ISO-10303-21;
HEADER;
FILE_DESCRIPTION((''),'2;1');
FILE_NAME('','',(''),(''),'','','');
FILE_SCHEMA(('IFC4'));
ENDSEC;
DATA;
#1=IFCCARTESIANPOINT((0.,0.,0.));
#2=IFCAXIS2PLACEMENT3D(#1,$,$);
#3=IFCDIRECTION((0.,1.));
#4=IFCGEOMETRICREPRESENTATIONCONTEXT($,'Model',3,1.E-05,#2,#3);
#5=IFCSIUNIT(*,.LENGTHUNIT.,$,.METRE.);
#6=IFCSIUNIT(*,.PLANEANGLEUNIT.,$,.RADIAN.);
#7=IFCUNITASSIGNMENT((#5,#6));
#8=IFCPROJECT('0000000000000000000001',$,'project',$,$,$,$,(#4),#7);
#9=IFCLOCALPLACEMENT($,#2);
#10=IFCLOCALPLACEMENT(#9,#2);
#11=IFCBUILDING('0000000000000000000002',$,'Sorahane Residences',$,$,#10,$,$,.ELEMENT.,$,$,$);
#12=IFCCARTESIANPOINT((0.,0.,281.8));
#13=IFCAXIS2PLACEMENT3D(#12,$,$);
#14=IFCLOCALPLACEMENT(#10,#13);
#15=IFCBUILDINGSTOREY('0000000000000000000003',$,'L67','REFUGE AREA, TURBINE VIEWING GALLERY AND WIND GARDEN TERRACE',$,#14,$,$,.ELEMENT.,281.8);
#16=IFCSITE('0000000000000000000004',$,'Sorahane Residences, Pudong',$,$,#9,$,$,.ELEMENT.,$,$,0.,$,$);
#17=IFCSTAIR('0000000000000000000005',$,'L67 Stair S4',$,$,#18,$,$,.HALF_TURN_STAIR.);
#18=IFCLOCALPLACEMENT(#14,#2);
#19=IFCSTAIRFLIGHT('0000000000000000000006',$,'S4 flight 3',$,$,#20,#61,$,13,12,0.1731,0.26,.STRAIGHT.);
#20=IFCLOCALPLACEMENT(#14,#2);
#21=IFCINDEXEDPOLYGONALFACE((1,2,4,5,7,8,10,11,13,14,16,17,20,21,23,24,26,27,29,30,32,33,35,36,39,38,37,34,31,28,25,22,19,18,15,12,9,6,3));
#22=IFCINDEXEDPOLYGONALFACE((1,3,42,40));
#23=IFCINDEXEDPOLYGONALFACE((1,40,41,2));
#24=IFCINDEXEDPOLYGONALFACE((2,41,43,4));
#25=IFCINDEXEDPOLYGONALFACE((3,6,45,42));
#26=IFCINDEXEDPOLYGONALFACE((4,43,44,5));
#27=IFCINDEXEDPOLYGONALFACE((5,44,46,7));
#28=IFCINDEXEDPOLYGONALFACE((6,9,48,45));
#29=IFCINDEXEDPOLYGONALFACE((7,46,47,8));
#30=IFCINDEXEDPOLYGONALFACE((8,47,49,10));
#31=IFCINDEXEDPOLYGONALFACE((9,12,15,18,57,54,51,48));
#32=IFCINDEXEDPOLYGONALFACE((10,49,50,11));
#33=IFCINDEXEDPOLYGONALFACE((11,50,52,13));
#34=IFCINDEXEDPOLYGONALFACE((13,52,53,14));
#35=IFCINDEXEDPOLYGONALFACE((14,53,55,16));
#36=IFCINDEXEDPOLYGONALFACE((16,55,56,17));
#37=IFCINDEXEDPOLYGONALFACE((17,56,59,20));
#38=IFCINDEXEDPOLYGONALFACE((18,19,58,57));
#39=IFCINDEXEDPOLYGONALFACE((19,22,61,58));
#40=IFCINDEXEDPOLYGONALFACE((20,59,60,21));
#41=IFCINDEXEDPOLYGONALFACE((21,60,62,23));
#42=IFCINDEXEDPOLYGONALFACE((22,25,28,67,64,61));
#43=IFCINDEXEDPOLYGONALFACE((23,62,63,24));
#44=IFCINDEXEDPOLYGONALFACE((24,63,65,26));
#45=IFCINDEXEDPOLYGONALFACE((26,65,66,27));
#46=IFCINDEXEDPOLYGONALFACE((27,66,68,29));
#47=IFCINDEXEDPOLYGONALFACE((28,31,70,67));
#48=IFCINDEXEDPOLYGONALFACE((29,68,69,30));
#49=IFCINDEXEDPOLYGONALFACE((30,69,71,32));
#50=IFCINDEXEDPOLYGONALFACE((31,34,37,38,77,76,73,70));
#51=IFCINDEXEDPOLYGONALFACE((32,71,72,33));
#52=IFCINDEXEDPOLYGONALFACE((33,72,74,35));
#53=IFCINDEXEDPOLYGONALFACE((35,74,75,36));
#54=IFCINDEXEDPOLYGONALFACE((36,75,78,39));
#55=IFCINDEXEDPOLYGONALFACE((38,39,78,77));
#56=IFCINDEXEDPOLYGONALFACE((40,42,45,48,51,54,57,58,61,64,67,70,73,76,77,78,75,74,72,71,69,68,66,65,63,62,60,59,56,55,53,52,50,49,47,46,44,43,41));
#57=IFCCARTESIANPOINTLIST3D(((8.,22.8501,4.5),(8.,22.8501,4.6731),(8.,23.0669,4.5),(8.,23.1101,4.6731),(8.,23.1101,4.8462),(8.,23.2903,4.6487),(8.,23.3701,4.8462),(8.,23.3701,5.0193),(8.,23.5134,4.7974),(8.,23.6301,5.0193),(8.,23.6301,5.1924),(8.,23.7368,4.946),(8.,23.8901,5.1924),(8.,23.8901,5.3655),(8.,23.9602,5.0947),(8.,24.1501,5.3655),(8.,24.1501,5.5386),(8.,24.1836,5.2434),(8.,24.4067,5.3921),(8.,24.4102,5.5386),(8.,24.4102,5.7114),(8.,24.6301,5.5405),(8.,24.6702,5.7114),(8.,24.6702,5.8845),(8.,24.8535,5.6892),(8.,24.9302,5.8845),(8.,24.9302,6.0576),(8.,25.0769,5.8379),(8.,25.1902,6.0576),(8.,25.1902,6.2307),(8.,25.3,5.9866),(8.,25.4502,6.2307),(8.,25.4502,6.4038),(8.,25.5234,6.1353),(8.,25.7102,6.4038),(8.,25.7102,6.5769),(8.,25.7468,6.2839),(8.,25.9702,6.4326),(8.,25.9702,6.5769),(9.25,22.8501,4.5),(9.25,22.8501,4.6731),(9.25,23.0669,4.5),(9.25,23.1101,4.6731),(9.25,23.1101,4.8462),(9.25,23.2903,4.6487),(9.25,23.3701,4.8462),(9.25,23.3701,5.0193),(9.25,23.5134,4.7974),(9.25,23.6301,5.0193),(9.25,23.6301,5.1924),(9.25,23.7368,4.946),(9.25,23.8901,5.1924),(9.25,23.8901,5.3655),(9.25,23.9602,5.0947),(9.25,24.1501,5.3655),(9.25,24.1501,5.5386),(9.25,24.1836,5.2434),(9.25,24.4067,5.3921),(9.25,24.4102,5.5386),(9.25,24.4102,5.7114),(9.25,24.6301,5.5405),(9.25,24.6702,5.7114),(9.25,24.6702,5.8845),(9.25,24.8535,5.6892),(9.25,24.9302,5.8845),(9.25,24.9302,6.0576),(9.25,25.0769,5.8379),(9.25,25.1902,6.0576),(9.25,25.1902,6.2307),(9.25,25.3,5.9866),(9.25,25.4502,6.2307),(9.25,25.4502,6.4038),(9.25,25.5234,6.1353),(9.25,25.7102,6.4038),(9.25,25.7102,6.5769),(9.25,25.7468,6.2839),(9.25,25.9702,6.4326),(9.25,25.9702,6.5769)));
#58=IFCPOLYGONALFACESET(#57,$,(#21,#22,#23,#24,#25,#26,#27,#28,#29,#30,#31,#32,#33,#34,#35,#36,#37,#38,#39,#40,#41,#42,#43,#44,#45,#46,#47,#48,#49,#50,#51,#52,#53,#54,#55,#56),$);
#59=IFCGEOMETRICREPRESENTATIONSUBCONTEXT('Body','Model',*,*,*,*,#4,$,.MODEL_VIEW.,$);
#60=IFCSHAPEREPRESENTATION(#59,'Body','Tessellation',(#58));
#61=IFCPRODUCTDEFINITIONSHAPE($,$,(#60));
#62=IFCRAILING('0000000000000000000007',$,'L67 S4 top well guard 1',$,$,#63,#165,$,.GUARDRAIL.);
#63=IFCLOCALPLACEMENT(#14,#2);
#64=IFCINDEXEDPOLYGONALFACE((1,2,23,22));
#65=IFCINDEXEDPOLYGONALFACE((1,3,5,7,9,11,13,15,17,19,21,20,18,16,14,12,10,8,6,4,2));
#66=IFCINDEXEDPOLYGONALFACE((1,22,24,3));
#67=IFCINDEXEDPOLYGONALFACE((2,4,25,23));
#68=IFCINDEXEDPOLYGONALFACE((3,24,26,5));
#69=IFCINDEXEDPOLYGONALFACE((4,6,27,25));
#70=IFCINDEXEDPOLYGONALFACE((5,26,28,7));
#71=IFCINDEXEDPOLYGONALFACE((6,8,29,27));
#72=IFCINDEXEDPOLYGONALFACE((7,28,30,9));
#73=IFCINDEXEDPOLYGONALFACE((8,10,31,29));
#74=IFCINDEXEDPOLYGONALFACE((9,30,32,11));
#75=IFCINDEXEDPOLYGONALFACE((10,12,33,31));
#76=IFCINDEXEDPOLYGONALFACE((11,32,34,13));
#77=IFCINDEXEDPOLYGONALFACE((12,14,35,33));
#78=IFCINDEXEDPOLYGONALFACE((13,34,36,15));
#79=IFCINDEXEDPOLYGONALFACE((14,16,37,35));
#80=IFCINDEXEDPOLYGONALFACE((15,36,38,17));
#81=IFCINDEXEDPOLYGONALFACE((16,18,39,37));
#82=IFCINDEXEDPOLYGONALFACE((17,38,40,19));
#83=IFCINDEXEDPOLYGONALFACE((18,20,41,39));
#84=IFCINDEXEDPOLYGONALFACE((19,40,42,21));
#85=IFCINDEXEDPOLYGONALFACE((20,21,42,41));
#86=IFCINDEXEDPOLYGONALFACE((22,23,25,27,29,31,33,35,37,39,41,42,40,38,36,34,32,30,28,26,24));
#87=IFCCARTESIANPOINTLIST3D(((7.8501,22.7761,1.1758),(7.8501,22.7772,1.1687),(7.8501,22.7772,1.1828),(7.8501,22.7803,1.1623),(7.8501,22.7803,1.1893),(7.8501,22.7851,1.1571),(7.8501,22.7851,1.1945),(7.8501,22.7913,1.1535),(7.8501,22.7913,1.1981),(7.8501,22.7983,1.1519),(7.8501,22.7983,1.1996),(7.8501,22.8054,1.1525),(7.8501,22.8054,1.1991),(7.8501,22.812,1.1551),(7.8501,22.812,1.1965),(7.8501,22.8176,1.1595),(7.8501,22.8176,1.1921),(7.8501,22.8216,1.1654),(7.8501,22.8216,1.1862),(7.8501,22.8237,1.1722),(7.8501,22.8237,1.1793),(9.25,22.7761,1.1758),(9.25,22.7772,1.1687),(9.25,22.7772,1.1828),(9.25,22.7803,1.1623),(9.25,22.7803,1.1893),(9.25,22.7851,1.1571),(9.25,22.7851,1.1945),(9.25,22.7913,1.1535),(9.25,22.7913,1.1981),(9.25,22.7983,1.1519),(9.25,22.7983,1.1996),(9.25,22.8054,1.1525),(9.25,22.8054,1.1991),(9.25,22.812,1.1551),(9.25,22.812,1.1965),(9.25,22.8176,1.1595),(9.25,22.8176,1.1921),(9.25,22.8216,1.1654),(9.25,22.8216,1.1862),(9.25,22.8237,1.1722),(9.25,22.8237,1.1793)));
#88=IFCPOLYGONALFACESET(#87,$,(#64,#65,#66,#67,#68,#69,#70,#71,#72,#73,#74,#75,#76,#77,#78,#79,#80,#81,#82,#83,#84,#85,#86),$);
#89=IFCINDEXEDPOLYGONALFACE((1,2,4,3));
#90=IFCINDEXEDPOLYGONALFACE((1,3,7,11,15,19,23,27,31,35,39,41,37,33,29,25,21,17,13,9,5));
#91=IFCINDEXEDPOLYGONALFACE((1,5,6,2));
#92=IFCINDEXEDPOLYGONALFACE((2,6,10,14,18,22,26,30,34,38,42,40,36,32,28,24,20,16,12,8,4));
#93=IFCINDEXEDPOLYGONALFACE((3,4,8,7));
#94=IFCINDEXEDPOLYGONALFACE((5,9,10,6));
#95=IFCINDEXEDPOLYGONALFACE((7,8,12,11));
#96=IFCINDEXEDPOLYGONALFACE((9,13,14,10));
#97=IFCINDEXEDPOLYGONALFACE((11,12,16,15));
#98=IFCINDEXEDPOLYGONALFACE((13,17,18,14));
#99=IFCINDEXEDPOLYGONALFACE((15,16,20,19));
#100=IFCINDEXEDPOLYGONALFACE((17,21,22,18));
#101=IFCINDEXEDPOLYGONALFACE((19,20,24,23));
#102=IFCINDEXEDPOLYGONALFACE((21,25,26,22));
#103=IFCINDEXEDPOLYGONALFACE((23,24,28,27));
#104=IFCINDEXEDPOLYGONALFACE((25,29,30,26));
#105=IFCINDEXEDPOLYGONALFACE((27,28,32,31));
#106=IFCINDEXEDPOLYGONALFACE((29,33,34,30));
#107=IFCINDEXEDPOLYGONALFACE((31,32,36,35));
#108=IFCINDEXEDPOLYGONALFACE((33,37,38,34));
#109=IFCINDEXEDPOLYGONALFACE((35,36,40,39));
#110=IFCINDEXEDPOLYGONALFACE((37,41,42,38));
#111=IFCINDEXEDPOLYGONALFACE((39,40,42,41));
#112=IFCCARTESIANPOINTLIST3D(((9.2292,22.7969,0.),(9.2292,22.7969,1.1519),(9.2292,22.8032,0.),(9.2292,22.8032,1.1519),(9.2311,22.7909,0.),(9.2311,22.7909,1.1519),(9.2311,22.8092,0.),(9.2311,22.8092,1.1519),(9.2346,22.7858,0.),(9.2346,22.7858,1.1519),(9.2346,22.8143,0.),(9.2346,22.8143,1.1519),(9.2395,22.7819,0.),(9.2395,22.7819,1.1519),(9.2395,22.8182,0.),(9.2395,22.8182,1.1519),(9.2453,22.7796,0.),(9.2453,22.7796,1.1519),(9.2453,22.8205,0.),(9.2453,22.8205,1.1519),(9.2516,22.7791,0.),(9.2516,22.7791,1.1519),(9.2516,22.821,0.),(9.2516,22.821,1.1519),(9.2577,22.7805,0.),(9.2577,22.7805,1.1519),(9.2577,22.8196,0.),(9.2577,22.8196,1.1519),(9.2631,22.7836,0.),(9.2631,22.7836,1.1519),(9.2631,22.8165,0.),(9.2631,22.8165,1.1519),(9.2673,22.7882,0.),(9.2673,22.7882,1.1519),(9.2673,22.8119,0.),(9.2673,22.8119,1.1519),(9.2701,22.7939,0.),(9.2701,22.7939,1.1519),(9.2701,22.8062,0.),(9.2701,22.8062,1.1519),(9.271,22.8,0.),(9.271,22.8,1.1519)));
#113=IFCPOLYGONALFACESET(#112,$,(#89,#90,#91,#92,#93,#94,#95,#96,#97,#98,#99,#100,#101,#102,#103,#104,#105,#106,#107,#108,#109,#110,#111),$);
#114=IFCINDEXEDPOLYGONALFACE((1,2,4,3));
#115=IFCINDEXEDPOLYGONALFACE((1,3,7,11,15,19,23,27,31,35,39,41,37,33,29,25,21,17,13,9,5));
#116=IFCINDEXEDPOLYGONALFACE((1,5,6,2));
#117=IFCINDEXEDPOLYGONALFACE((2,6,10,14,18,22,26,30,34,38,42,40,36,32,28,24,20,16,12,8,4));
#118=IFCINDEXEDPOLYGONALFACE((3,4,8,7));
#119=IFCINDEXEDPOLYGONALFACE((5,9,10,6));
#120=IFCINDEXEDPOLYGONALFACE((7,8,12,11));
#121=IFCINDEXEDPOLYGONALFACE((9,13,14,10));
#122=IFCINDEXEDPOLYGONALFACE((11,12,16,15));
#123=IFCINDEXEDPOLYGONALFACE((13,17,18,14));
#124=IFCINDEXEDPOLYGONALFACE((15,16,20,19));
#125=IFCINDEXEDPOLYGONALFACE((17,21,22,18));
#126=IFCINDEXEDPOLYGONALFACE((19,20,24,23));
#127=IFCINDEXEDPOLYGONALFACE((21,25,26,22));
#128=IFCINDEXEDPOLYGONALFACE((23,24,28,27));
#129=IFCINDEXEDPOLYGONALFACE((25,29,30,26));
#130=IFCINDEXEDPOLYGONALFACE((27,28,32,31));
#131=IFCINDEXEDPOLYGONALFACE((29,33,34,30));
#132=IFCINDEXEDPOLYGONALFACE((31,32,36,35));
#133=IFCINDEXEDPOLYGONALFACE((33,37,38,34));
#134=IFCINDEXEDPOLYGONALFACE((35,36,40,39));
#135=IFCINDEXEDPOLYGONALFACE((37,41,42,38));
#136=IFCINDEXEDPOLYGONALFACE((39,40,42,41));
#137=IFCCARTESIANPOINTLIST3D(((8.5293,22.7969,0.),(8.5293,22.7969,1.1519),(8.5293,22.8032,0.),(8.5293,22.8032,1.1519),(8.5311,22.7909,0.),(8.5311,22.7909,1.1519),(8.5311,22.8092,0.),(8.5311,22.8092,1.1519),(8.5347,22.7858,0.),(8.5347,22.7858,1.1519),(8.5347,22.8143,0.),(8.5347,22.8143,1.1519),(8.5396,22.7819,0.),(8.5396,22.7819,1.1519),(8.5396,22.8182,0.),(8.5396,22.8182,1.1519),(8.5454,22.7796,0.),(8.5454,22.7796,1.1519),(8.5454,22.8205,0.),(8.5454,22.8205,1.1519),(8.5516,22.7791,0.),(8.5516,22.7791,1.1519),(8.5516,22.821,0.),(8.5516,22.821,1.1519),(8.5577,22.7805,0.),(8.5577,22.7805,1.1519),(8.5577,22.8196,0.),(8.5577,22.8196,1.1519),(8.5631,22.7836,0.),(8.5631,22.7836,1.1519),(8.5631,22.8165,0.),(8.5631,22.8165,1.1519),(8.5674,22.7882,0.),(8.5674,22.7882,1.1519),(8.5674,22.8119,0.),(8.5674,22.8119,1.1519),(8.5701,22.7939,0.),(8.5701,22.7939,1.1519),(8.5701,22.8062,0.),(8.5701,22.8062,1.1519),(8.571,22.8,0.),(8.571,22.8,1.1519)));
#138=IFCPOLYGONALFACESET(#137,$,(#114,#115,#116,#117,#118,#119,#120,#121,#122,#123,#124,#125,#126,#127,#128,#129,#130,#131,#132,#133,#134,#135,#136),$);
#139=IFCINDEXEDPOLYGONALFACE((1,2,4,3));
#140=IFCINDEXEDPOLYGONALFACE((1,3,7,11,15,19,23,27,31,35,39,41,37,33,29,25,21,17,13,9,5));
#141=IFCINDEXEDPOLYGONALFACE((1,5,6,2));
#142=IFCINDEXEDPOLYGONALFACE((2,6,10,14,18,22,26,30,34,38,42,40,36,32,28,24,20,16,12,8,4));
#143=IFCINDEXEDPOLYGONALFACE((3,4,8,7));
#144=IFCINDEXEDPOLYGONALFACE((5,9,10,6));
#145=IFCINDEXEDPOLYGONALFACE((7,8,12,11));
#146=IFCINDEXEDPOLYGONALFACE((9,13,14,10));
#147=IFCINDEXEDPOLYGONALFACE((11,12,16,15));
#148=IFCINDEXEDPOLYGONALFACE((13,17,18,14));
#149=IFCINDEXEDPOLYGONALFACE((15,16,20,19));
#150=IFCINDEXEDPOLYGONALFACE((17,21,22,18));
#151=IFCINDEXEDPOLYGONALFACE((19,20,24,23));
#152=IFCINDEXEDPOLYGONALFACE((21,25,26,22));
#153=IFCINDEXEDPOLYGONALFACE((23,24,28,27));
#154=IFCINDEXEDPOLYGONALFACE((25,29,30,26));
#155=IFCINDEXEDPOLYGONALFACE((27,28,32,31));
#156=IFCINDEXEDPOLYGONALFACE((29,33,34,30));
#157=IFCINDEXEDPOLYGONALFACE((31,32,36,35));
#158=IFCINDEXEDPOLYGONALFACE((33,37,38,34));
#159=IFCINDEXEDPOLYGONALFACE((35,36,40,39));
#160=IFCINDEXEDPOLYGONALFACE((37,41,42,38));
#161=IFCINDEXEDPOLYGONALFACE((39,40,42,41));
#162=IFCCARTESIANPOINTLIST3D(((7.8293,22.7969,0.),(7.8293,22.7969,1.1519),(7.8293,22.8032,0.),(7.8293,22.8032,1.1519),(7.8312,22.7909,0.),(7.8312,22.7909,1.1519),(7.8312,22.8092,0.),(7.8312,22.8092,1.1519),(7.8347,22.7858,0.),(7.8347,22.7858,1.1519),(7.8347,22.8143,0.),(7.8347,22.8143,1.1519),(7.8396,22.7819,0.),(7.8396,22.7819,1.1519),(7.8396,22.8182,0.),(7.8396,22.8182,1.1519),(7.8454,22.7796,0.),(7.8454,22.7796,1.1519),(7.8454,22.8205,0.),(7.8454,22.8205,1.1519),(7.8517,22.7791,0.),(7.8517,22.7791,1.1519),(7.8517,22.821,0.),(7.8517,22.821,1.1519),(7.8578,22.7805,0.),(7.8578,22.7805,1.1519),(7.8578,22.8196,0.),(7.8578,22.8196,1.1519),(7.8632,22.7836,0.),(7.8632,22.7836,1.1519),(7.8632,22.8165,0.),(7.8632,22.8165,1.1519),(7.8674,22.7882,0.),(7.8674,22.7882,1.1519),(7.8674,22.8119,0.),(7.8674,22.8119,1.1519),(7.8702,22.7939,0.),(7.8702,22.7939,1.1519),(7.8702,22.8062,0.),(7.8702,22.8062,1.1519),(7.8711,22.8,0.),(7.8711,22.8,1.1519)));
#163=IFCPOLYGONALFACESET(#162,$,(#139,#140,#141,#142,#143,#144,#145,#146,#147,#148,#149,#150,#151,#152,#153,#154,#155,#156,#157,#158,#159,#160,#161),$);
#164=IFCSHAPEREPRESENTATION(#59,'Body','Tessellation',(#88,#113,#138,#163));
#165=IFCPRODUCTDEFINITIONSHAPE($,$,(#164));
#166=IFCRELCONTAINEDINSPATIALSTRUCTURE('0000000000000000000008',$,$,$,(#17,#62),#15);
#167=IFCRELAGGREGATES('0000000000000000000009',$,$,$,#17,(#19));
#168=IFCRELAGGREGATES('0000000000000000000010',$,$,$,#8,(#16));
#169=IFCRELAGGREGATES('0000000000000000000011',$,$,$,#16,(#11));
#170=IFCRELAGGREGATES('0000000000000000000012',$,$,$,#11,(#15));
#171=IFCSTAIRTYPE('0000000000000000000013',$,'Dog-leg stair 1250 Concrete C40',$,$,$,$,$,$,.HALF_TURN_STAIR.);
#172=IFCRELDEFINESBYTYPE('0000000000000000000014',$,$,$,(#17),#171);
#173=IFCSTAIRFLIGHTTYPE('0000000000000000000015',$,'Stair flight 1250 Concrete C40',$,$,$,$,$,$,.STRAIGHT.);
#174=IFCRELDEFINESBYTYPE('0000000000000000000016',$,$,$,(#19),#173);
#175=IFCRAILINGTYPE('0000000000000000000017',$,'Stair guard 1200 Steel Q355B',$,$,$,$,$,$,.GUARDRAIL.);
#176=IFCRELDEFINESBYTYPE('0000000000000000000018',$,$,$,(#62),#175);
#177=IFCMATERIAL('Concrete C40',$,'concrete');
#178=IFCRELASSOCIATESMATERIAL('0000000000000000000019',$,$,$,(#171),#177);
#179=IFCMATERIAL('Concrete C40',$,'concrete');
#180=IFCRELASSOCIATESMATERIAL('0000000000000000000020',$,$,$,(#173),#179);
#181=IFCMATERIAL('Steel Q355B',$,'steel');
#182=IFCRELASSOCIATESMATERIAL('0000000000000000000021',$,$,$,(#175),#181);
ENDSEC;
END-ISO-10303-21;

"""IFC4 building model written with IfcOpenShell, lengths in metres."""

from ifc_helpers import new_model, si_unit, direction, frame, origin, origin_2d, place, context, subcontext, project, spatial, polyline, circle, outline, extrude, material, type_object, element, aggregate, save


model = new_model("IFC4")

# Units and contexts
model_context = context("Model", 3, precision=1e-05, world=origin(), true_north=direction((0.0, 1.0)))
body_context = subcontext(model_context, "Body", "Model", "MODEL_VIEW")
ifc_project = project(units=[si_unit("LENGTHUNIT", "METRE"), si_unit("PLANEANGLEUNIT", "RADIAN")], contexts=[model_context])

# Site, building, storey
site_placement = place(None, origin())
site = spatial("IfcSite", under=ifc_project, at=site_placement, Name="Sorahane Residences, Pudong", CompositionType="ELEMENT", RefElevation=0.0)
building_placement = place(site_placement, origin())
building = spatial("IfcBuilding", under=site, at=building_placement, Name="Sorahane Residences", CompositionType="ELEMENT")
storey_placement = place(building_placement, frame((0.0, 0.0, 281.8)))
storey = spatial("IfcBuildingStorey", under=building, at=storey_placement, Name="L67", Description="REFUGE AREA, TURBINE VIEWING GALLERY AND WIND GARDEN TERRACE", CompositionType="ELEMENT", Elevation=281.8)

# Stair, stair flight
ifc_material_1 = material(Name="Concrete C40", Category="concrete")
stair_type = type_object("IfcStairType", Name="Dog-leg stair 1250 Concrete C40", PredefinedType="HALF_TURN_STAIR", material=ifc_material_1)
stair_placement = place(storey_placement, origin())
stair = element("IfcStair", 1, at=stair_placement, inside=storey, type_object=stair_type, Name="L67 Stair S4", PredefinedType="HALF_TURN_STAIR")
ifc_material_2 = material(Name="Concrete C40", Category="concrete")
stair_flight_type = type_object("IfcStairFlightType", Name="Stair flight 1250 Concrete C40", PredefinedType="STRAIGHT", material=ifc_material_2)
stair_flight_1_placement = place(storey_placement, frame((8.625, 22.8501, 4.5), z_axis=(0.0, 0.0, 1.0), x_axis=(0.0, 1.0, 0.0)))
stair_flight_1 = element("IfcStairFlight", 2, at=stair_flight_1_placement, type_object=stair_flight_type, Name="S4 flight 3", NumberOfRisers=13, NumberOfTreads=12, PredefinedType="STRAIGHT", RiserHeight=0.1731, TreadLength=0.26, context=body_context, shape_type="SweptSolid", body=[
    extrude(outline(polyline([(0.0, 0.0), (0.0, 0.1731), (0.26, 0.1731), (0.26, 0.3462), (0.52, 0.3462), (0.52, 0.5193), (0.78, 0.5193), (0.78, 0.6924), (1.04, 0.6924), (1.04, 0.8655), (1.3, 0.8655), (1.3, 1.0386), (1.5601, 1.0386), (1.5601, 1.2114), (1.8201, 1.2114), (1.8201, 1.3845), (2.0801, 1.3845), (2.0801, 1.5576), (2.3401, 1.5576), (2.3401, 1.7307), (2.6001, 1.7307), (2.6001, 1.9038), (2.8601, 1.9038), (2.8601, 2.0769), (3.1201, 2.0769), (3.1201, 2.25), (3.1201, 1.9326), (2.8967, 1.7839), (2.6733, 1.6353), (2.45, 1.4866), (2.2268, 1.3379), (2.0034, 1.1892), (1.78, 1.0405), (1.5566, 0.8921), (1.3335, 0.7434), (1.1101, 0.5947), (0.8867, 0.446), (0.6633, 0.2974), (0.4402, 0.1487), (0.2168, 0.0), (0.0, 0.0)])), frame((0.0, 0.625, 0.0), z_axis=(0.0, -1.0, 0.0), x_axis=(1.0, 0.0, 0.0)), (0.0, 0.0, 1.0), 1.25),
])
aggregate(stair, [stair_flight_1])

# Railing
ifc_material_3 = material(Name="Steel Q355B", Category="steel")
railing_type_1 = type_object("IfcRailingType", Name="Stair guard 1200 Steel Q355B", PredefinedType="GUARDRAIL", material=ifc_material_3)
railing_1_placement = place(storey_placement, frame((9.25, 22.8, 0.0)))
element("IfcRailing", 3, at=railing_1_placement, inside=storey, type_object=railing_type_1, Name="L67 S4 top well guard 1", PredefinedType="GUARDRAIL", context=body_context, shape_type="SweptSolid", body=[
    extrude(circle(Radius=0.0239, at=origin_2d()), frame((0.0, 0.0, 1.1758), z_axis=(-1.0, 0.0, 0.0), x_axis=(0.0, -1.0, 0.0)), (0.0, 0.0, 1.0), 1.3999),
    extrude(circle(Radius=0.021, at=origin_2d()), origin(), (0.0, 0.0, 1.0), 1.1519),
    extrude(circle(Radius=0.021, at=origin_2d()), frame((-0.7, 0.0, 0.0)), (0.0, 0.0, 1.0), 1.1519),
    extrude(circle(Radius=0.021, at=origin_2d()), frame((-1.3999, 0.0, 0.0)), (0.0, 0.0, 1.0), 1.1519),
])

save(model, "model.ifc")
